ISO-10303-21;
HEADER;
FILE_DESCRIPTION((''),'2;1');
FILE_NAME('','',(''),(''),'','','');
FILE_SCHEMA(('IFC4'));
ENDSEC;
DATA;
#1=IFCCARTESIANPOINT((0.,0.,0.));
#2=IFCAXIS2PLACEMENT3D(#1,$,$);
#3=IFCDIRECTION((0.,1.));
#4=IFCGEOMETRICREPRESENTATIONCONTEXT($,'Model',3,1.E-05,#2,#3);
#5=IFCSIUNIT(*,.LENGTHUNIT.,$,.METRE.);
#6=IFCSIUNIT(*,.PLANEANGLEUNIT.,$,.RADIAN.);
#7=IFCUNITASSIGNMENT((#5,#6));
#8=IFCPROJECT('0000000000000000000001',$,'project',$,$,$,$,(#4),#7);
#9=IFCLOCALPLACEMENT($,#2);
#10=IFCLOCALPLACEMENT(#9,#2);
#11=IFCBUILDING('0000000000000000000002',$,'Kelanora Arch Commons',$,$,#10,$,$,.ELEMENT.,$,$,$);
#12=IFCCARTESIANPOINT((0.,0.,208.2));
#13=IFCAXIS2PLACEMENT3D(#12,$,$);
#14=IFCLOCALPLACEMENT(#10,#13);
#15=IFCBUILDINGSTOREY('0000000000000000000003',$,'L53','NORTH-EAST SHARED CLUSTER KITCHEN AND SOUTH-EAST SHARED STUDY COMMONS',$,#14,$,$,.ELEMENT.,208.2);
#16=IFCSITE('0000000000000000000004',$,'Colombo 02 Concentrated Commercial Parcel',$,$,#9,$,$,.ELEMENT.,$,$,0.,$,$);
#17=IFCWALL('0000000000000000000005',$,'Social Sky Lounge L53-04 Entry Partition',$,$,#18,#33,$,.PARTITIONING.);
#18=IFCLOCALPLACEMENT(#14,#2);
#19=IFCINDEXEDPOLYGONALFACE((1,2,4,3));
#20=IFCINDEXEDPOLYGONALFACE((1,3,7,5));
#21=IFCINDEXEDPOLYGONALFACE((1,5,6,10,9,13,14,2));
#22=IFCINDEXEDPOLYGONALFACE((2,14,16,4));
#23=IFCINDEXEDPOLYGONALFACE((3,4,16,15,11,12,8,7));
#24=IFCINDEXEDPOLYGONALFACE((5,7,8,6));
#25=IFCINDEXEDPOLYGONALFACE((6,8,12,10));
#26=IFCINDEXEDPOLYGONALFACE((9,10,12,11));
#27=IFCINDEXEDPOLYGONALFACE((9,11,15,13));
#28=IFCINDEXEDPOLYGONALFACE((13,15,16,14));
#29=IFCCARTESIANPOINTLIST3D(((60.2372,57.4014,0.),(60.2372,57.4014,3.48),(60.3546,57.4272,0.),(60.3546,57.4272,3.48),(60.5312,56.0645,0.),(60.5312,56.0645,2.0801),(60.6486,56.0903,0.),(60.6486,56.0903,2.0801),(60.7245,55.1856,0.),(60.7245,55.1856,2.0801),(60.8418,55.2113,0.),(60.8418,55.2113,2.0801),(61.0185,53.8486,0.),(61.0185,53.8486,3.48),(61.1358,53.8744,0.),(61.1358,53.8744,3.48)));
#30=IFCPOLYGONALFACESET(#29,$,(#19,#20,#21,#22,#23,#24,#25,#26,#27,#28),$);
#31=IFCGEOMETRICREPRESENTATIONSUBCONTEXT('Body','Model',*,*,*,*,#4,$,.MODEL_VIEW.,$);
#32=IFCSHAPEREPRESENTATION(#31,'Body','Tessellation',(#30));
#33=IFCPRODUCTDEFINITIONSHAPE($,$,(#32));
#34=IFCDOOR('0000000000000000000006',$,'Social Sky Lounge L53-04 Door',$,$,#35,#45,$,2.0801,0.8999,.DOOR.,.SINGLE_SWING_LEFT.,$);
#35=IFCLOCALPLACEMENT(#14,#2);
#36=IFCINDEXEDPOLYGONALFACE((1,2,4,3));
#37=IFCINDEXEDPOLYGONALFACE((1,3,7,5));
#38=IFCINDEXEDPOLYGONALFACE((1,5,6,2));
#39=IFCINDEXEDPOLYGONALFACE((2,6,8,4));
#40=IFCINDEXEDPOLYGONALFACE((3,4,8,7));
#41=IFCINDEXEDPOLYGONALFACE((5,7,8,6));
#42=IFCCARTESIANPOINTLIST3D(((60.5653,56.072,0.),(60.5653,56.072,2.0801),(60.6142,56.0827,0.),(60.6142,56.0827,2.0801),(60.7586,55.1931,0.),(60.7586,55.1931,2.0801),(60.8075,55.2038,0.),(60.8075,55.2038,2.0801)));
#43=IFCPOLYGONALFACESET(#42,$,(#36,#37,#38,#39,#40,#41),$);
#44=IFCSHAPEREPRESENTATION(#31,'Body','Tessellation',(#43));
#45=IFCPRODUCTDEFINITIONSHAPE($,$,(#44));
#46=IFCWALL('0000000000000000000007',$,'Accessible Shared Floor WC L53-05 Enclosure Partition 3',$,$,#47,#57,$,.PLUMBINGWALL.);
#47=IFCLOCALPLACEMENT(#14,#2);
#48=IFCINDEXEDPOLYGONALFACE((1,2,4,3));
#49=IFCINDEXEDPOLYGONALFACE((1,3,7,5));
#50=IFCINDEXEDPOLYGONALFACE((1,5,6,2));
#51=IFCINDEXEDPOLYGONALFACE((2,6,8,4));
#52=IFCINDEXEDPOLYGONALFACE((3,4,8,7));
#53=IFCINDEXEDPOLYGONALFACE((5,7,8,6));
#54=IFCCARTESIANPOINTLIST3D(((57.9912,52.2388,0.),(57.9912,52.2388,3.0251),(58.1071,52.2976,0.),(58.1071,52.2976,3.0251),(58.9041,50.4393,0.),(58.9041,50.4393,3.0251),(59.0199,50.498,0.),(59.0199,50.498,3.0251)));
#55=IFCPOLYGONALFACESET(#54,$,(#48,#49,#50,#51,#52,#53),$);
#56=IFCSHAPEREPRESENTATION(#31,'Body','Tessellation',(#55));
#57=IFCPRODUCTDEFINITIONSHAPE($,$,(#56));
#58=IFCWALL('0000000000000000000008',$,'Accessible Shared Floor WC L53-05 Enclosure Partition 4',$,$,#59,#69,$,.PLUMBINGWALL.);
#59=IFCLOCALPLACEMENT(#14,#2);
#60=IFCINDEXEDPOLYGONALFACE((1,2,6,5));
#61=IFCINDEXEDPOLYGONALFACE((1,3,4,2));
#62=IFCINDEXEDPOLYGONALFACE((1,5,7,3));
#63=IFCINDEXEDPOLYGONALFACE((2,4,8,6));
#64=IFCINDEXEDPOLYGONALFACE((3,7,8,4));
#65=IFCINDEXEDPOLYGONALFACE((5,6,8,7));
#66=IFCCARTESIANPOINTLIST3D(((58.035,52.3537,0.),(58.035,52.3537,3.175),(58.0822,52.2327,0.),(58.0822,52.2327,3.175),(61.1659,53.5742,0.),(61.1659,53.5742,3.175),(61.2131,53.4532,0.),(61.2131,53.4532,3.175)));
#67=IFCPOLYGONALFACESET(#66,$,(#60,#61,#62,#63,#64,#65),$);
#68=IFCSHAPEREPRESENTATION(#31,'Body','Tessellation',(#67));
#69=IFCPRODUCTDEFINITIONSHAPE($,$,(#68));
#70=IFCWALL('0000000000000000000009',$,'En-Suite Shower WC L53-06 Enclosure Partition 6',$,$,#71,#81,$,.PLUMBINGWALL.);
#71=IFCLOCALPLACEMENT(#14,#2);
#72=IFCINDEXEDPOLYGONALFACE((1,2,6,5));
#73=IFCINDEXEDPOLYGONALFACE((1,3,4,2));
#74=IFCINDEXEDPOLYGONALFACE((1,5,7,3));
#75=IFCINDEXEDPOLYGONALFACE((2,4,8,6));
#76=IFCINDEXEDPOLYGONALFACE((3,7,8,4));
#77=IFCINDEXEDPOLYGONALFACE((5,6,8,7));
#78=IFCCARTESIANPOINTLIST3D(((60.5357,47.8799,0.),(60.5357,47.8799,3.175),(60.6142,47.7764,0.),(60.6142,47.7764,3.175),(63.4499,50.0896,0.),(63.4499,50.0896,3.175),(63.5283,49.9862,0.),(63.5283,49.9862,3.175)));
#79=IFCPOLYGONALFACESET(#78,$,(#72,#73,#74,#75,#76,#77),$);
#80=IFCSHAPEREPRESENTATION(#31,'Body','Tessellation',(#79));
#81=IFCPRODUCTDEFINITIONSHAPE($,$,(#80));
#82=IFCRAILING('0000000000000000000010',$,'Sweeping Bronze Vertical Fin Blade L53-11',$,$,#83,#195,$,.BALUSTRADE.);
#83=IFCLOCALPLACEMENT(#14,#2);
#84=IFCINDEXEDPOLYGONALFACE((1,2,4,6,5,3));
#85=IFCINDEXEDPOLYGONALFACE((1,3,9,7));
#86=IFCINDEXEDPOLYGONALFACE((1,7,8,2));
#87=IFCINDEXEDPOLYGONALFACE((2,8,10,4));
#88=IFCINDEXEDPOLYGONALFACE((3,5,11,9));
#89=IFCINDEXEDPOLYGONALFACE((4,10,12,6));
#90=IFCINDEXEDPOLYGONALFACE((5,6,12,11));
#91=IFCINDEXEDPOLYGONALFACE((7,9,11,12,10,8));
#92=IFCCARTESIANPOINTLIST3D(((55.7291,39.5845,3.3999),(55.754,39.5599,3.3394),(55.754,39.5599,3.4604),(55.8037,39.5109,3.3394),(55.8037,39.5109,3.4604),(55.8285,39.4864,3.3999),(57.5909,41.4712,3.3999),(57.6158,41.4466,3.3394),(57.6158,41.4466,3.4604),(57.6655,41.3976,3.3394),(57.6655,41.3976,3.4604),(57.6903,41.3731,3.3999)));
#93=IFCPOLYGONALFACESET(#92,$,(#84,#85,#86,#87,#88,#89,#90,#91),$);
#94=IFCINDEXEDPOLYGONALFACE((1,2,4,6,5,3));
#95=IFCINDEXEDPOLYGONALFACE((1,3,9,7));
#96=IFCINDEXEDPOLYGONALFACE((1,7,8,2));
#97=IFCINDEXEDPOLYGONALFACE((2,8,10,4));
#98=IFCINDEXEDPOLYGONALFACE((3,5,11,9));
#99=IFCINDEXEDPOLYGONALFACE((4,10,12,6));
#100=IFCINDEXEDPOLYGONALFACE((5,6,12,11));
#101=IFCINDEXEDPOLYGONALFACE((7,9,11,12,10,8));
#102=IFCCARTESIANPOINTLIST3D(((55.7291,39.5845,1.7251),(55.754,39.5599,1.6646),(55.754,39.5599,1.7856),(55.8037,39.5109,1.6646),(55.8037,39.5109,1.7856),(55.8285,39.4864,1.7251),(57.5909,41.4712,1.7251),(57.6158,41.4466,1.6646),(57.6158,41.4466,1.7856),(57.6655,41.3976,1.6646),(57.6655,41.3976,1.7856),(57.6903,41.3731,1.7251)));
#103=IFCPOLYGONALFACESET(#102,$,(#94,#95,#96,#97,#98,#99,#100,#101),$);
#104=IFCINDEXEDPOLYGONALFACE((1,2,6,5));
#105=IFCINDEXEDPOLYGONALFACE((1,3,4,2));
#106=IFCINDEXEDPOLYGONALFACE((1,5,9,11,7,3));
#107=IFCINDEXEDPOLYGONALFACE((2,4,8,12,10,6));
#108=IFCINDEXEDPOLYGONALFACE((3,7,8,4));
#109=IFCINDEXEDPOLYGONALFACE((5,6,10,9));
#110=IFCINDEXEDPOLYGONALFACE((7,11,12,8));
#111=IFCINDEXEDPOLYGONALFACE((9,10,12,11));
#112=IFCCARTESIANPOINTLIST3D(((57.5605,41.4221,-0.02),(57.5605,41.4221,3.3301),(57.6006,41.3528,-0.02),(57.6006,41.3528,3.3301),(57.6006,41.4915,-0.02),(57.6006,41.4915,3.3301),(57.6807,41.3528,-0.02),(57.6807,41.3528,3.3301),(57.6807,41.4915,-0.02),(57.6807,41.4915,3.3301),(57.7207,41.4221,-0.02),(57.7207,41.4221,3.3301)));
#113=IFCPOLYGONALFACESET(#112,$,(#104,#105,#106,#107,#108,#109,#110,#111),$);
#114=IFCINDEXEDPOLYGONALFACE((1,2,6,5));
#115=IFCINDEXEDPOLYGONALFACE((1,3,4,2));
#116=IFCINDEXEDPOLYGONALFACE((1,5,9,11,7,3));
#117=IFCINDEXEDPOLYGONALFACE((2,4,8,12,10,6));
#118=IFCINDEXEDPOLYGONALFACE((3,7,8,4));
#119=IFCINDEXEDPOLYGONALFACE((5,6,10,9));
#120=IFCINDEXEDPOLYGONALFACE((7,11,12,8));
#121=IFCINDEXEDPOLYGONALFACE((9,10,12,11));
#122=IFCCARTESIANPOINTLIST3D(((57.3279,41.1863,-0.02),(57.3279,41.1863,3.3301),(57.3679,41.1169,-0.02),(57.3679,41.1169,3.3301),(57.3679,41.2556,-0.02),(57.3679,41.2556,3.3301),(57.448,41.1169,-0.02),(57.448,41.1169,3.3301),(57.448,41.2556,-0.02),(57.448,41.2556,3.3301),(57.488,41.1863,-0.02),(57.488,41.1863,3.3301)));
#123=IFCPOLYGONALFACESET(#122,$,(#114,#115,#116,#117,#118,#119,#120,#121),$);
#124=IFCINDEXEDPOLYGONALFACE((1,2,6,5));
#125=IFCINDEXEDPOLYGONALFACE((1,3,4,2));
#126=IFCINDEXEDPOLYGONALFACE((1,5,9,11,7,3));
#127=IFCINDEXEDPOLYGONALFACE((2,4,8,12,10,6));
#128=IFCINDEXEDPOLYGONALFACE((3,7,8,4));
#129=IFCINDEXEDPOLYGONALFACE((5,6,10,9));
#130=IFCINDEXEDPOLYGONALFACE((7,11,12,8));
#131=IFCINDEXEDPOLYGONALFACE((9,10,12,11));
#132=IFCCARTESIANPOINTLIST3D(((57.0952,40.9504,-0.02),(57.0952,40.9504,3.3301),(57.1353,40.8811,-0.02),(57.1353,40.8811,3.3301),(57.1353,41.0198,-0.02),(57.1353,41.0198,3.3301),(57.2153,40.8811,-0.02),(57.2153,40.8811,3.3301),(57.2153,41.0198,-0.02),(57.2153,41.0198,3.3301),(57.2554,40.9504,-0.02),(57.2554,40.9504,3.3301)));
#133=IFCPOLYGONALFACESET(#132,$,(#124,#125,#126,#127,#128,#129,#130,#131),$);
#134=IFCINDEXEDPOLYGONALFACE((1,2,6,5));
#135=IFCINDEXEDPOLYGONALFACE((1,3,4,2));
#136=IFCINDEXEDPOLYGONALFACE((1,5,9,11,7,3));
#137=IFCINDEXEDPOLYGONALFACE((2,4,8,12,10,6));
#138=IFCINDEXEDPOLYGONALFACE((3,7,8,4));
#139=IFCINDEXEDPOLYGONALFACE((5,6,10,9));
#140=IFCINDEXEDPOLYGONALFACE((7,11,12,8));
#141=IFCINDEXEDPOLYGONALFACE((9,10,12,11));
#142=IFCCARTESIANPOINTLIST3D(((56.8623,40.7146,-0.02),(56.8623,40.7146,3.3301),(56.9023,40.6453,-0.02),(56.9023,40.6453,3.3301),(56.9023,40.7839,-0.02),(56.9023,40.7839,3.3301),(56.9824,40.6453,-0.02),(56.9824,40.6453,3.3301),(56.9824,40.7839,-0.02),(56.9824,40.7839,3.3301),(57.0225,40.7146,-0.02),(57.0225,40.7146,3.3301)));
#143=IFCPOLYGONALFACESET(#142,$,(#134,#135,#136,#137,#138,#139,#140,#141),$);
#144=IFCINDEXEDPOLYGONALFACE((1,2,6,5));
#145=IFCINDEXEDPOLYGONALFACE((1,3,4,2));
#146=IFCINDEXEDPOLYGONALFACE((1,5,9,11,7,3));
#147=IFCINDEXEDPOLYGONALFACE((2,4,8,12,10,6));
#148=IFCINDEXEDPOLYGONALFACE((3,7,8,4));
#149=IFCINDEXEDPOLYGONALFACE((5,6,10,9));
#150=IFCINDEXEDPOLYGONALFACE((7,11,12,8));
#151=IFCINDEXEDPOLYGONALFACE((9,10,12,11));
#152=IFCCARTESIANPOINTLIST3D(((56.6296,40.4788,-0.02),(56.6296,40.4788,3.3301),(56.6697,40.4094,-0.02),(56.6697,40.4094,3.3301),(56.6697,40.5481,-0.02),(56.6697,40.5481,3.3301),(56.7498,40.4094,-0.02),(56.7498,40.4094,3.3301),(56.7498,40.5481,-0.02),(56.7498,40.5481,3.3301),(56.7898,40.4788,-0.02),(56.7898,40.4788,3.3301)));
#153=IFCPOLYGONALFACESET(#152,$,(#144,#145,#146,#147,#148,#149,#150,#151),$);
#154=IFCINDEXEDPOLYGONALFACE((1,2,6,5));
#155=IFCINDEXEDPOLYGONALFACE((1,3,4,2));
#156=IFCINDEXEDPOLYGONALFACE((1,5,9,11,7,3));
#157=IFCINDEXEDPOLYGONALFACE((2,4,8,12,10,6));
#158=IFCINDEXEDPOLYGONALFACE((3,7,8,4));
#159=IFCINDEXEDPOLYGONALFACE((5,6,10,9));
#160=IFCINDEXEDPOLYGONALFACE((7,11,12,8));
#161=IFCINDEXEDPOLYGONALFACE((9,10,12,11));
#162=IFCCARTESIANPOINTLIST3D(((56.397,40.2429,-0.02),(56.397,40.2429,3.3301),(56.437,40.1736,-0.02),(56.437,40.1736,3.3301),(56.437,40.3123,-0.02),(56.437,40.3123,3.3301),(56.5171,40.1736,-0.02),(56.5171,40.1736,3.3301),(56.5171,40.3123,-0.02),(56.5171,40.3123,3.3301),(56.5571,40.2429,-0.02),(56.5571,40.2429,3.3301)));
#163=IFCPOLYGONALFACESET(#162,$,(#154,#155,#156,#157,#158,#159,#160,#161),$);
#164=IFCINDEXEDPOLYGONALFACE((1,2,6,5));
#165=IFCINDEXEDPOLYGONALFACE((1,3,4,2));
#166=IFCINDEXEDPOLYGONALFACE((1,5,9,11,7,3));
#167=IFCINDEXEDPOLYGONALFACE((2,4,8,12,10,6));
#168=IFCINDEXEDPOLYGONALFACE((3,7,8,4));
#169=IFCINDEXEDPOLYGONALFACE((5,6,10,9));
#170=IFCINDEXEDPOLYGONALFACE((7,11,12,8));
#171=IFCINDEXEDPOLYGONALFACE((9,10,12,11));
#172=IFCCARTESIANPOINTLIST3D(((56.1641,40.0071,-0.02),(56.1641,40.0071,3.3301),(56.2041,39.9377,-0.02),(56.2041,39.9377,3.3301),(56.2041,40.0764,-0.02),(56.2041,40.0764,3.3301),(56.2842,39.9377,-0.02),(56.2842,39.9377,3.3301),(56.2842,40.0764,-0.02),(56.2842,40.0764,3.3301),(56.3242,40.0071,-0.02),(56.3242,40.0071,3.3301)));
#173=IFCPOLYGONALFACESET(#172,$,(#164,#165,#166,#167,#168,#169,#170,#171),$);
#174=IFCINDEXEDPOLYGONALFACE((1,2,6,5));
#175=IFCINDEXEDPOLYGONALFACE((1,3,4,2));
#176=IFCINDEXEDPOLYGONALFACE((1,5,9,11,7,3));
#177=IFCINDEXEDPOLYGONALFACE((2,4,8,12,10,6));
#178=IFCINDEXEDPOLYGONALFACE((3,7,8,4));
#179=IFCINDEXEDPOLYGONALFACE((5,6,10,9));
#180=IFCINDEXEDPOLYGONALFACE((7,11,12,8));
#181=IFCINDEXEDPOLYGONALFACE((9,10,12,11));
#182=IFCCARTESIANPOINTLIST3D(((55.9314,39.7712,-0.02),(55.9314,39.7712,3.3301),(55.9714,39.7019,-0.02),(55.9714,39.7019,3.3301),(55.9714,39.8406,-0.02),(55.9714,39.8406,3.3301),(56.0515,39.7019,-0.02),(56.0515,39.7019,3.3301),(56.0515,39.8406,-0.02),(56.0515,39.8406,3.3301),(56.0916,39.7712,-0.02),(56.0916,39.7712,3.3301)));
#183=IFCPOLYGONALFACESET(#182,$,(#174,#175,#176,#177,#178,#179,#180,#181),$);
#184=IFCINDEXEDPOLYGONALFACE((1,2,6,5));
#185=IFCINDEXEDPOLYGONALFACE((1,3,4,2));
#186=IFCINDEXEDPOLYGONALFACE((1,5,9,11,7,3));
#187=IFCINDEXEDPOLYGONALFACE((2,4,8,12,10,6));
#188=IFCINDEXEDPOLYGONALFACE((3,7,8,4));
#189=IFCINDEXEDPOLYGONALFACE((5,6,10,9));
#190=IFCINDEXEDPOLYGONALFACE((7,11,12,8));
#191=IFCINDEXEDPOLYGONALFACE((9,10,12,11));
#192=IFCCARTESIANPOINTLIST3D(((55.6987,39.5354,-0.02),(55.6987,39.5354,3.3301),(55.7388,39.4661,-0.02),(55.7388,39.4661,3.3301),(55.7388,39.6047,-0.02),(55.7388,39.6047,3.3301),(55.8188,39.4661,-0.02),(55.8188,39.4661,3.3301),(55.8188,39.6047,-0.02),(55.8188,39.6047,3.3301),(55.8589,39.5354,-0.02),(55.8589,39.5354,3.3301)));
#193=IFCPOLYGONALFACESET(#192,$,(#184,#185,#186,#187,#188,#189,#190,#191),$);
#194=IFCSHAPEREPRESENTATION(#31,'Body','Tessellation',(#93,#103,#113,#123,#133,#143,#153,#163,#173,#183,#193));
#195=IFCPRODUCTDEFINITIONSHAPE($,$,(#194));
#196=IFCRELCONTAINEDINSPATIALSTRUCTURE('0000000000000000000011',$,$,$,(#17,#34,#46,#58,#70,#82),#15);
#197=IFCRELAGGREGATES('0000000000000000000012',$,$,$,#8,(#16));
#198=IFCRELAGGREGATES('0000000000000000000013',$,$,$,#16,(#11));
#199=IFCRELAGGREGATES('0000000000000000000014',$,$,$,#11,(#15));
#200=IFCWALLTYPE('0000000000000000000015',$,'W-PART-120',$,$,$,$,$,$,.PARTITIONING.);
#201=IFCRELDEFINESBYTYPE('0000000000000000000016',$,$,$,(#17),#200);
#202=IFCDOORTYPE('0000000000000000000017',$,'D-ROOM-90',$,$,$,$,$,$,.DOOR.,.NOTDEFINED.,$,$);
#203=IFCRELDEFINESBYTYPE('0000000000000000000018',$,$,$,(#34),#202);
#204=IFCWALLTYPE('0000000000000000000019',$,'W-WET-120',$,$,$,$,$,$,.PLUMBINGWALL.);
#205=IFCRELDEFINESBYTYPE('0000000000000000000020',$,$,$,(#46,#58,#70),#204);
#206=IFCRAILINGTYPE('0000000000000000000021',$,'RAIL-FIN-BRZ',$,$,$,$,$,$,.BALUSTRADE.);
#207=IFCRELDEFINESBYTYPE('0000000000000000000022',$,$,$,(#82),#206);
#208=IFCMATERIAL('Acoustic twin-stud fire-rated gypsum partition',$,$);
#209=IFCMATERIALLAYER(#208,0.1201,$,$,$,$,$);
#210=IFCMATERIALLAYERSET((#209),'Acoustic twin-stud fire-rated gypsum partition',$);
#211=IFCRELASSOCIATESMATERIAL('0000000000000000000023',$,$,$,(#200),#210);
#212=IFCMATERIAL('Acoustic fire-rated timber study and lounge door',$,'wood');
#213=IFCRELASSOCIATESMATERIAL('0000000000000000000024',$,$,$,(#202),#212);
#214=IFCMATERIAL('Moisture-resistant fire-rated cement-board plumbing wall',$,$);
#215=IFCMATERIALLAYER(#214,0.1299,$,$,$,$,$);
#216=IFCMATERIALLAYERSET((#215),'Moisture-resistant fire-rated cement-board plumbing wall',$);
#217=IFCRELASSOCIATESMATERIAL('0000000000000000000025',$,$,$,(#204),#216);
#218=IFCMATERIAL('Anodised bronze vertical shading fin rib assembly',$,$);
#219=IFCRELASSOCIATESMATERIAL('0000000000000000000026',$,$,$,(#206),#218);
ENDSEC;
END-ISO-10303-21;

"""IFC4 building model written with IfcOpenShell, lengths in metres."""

from ifc_helpers import new_model, si_unit, direction, frame, frame_2d, origin, place, context, subcontext, project, spatial, polyline, rectangle, outline, extrude, material, layer, layer_set, type_object, element, fill, save


model = new_model("IFC4")

# Units and contexts
model_context = context("Model", 3, precision=1e-05, world=origin(), true_north=direction((0.0, 1.0)))
body_context = subcontext(model_context, "Body", "Model", "MODEL_VIEW")
ifc_project = project(units=[si_unit("LENGTHUNIT", "METRE"), si_unit("PLANEANGLEUNIT", "RADIAN")], contexts=[model_context])

# Site, building, storey
site_placement = place(None, origin())
site = spatial("IfcSite", under=ifc_project, at=site_placement, Name="Colombo 02 Concentrated Commercial Parcel", CompositionType="ELEMENT", RefElevation=0.0)
building_placement = place(site_placement, origin())
building = spatial("IfcBuilding", under=site, at=building_placement, Name="Kelanora Arch Commons", CompositionType="ELEMENT")
storey_placement = place(building_placement, frame((0.0, 0.0, 208.2)))
storey = spatial("IfcBuildingStorey", under=building, at=storey_placement, Name="L53", Description="NORTH-EAST SHARED CLUSTER KITCHEN AND SOUTH-EAST SHARED STUDY COMMONS", CompositionType="ELEMENT", Elevation=208.2)

# Wall, opening, door
ifc_material_1 = material(Name="Acoustic twin-stud fire-rated gypsum partition")
ifc_layer_1 = layer(ifc_material_1, 0.1201)
ifc_layer_set_1 = layer_set([ifc_layer_1], Name="Acoustic twin-stud fire-rated gypsum partition")
wall_type_1 = type_object("IfcWallType", Name="W-PART-120", PredefinedType="PARTITIONING", material=ifc_layer_set_1)
wall_1_placement = place(storey_placement, frame((60.2959, 57.4143, 0.0), z_axis=(0.0, 0.0, 1.0), x_axis=(0.21477, -0.976665, 0.0)))
wall_1 = element("IfcWall", 1, at=wall_1_placement, inside=storey, type_object=wall_type_1, Name="Social Sky Lounge L53-04 Entry Partition", PredefinedType="PARTITIONING", context=body_context, shape_type="SweptSolid", body=[
    extrude(rectangle(XDim=3.6377, YDim=0.1201, at=frame_2d((1.8188, 0.0))), origin(), (0.0, 0.0, 1.0), 3.48),
])
opening_1_placement = place(wall_1_placement, frame((1.3689, 0.0, 0.0)))
opening_1 = element("IfcOpeningElement", 2, at=opening_1_placement, cuts=wall_1, PredefinedType="OPENING", context=body_context, shape_type="SweptSolid", body=[
    extrude(rectangle(XDim=0.8999, YDim=2.0801, at=frame_2d((0.45, 1.04))), frame((0.0, 0.0701, 0.0), z_axis=(0.0, -1.0, 0.0), x_axis=(1.0, 0.0, 0.0)), (0.0, 0.0, 1.0), 0.1401),
])
ifc_material_2 = material(Name="Acoustic fire-rated timber study and lounge door", Category="wood")
door_type = type_object("IfcDoorType", Name="D-ROOM-90", OperationType="NOTDEFINED", PredefinedType="DOOR", material=ifc_material_2)
door_placement = place(opening_1_placement, origin())
door = element("IfcDoor", 3, at=door_placement, inside=storey, type_object=door_type, Name="Social Sky Lounge L53-04 Door", OperationType="SINGLE_SWING_LEFT", OverallHeight=2.0801, OverallWidth=0.8999, PredefinedType="DOOR", context=body_context, shape_type="SweptSolid", body=[
    extrude(rectangle(XDim=0.8999, YDim=2.0801, at=frame_2d((0.45, 1.04))), frame((0.0, 0.0249, 0.0), z_axis=(0.0, -1.0, 0.0), x_axis=(1.0, 0.0, 0.0)), (0.0, 0.0, 1.0), 0.05),
])
fill(opening_1, door)

# Walls
ifc_material_3 = material(Name="Moisture-resistant fire-rated cement-board plumbing wall")
ifc_layer_2 = layer(ifc_material_3, 0.1299)
ifc_layer_set_2 = layer_set([ifc_layer_2], Name="Moisture-resistant fire-rated cement-board plumbing wall")
wall_type_2 = type_object("IfcWallType", Name="W-WET-120", PredefinedType="PLUMBINGWALL", material=ifc_layer_set_2)
wall_2_placement = place(storey_placement, frame((58.9619, 50.4688, 0.0), z_axis=(0.0, 0.0, 1.0), x_axis=(-0.452385, 0.891823, 0.0)))
element("IfcWall", 4, at=wall_2_placement, inside=storey, type_object=wall_type_2, Name="Accessible Shared Floor WC L53-05 Enclosure Partition 3", PredefinedType="PLUMBINGWALL", context=body_context, shape_type="SweptSolid", body=[
    extrude(rectangle(XDim=2.0178, YDim=0.1299, at=frame_2d((1.0088, 0.0))), origin(), (0.0, 0.0, 1.0), 3.0251),
])
wall_3_placement = place(storey_placement, frame((58.0586, 52.2932, 0.0), z_axis=(0.0, 0.0, 1.0), x_axis=(0.931713, 0.363196, 0.0)))
element("IfcWall", 5, at=wall_3_placement, inside=storey, type_object=wall_type_2, Name="Accessible Shared Floor WC L53-05 Enclosure Partition 4", PredefinedType="PLUMBINGWALL", context=body_context, shape_type="SweptSolid", body=[
    extrude(rectangle(XDim=3.3604, YDim=0.1299, at=frame_2d((1.6802, 0.0))), origin(), (0.0, 0.0, 1.0), 3.175),
])
wall_4_placement = place(storey_placement, frame((60.575, 47.8281, 0.0), z_axis=(0.0, 0.0, 1.0), x_axis=(0.796817, 0.604221, 0.0)))
element("IfcWall", 6, at=wall_4_placement, inside=storey, type_object=wall_type_2, Name="En-Suite Shower WC L53-06 Enclosure Partition 6", PredefinedType="PLUMBINGWALL", context=body_context, shape_type="SweptSolid", body=[
    extrude(rectangle(XDim=3.6572, YDim=0.1299, at=frame_2d((1.8286, 0.0))), origin(), (0.0, 0.0, 1.0), 3.175),
])

# Railing
ifc_material_4 = material(Name="Anodised bronze vertical shading fin rib assembly")
railing_type = type_object("IfcRailingType", Name="RAIL-FIN-BRZ", PredefinedType="BALUSTRADE", material=ifc_material_4)
railing_placement = place(storey_placement, frame((57.6406, 41.4221, -0.02)))
element("IfcRailing", 7, at=railing_placement, inside=storey, type_object=railing_type, Name="Sweeping Bronze Vertical Fin Blade L53-11", PredefinedType="BALUSTRADE", context=body_context, shape_type="SweptSolid", body=[
    extrude(outline(polyline([(0.0698, 0.0), (0.0349, 0.0605), (-0.0349, 0.0605), (-0.0698, 0.0), (-0.0349, -0.0605), (0.0349, -0.0605), (0.0698, 0.0)])), frame((0.0, 0.0, 3.4199), z_axis=(-0.702394, -0.711789, 0.0), x_axis=(0.711789, -0.702394, 0.0)), (0.0, 0.0, 1.0), 2.6506),
    extrude(outline(polyline([(0.0698, 0.0), (0.0349, 0.0605), (-0.0349, 0.0605), (-0.0698, 0.0), (-0.0349, -0.0605), (0.0349, -0.0605), (0.0698, 0.0)])), frame((0.0, 0.0, 1.7451), z_axis=(-0.702394, -0.711789, 0.0), x_axis=(0.711789, -0.702394, 0.0)), (0.0, 0.0, 1.0), 2.6506),
    extrude(outline(polyline([(0.0801, 0.0), (0.04, 0.0693), (-0.04, 0.0693), (-0.0801, 0.0), (-0.04, -0.0693), (0.04, -0.0693), (0.0801, 0.0)])), origin(), (0.0, 0.0, 1.0), 3.3501),
    extrude(outline(polyline([(0.0801, 0.0), (0.04, 0.0693), (-0.04, 0.0693), (-0.0801, 0.0), (-0.04, -0.0693), (0.04, -0.0693), (0.0801, 0.0)])), frame((-0.2327, -0.2358, 0.0)), (0.0, 0.0, 1.0), 3.3501),
    extrude(outline(polyline([(0.0801, 0.0), (0.04, 0.0693), (-0.04, 0.0693), (-0.0801, 0.0), (-0.04, -0.0693), (0.04, -0.0693), (0.0801, 0.0)])), frame((-0.4653, -0.4717, 0.0)), (0.0, 0.0, 1.0), 3.3501),
    extrude(outline(polyline([(0.0801, 0.0), (0.04, 0.0693), (-0.04, 0.0693), (-0.0801, 0.0), (-0.04, -0.0693), (0.04, -0.0693), (0.0801, 0.0)])), frame((-0.6982, -0.7075, 0.0)), (0.0, 0.0, 1.0), 3.3501),
    extrude(outline(polyline([(0.0801, 0.0), (0.04, 0.0693), (-0.04, 0.0693), (-0.0801, 0.0), (-0.04, -0.0693), (0.04, -0.0693), (0.0801, 0.0)])), frame((-0.9309, -0.9434, 0.0)), (0.0, 0.0, 1.0), 3.3501),
    extrude(outline(polyline([(0.0801, 0.0), (0.04, 0.0693), (-0.04, 0.0693), (-0.0801, 0.0), (-0.04, -0.0693), (0.04, -0.0693), (0.0801, 0.0)])), frame((-1.1636, -1.1792, 0.0)), (0.0, 0.0, 1.0), 3.3501),
    extrude(outline(polyline([(0.0801, 0.0), (0.04, 0.0693), (-0.04, 0.0693), (-0.0801, 0.0), (-0.04, -0.0693), (0.04, -0.0693), (0.0801, 0.0)])), frame((-1.3965, -1.415, 0.0)), (0.0, 0.0, 1.0), 3.3501),
    extrude(outline(polyline([(0.0801, 0.0), (0.04, 0.0693), (-0.04, 0.0693), (-0.0801, 0.0), (-0.04, -0.0693), (0.04, -0.0693), (0.0801, 0.0)])), frame((-1.6292, -1.6509, 0.0)), (0.0, 0.0, 1.0), 3.3501),
    extrude(outline(polyline([(0.0801, 0.0), (0.04, 0.0693), (-0.04, 0.0693), (-0.0801, 0.0), (-0.04, -0.0693), (0.04, -0.0693), (0.0801, 0.0)])), frame((-1.8618, -1.8867, 0.0)), (0.0, 0.0, 1.0), 3.3501),
])

save(model, "model.ifc")
